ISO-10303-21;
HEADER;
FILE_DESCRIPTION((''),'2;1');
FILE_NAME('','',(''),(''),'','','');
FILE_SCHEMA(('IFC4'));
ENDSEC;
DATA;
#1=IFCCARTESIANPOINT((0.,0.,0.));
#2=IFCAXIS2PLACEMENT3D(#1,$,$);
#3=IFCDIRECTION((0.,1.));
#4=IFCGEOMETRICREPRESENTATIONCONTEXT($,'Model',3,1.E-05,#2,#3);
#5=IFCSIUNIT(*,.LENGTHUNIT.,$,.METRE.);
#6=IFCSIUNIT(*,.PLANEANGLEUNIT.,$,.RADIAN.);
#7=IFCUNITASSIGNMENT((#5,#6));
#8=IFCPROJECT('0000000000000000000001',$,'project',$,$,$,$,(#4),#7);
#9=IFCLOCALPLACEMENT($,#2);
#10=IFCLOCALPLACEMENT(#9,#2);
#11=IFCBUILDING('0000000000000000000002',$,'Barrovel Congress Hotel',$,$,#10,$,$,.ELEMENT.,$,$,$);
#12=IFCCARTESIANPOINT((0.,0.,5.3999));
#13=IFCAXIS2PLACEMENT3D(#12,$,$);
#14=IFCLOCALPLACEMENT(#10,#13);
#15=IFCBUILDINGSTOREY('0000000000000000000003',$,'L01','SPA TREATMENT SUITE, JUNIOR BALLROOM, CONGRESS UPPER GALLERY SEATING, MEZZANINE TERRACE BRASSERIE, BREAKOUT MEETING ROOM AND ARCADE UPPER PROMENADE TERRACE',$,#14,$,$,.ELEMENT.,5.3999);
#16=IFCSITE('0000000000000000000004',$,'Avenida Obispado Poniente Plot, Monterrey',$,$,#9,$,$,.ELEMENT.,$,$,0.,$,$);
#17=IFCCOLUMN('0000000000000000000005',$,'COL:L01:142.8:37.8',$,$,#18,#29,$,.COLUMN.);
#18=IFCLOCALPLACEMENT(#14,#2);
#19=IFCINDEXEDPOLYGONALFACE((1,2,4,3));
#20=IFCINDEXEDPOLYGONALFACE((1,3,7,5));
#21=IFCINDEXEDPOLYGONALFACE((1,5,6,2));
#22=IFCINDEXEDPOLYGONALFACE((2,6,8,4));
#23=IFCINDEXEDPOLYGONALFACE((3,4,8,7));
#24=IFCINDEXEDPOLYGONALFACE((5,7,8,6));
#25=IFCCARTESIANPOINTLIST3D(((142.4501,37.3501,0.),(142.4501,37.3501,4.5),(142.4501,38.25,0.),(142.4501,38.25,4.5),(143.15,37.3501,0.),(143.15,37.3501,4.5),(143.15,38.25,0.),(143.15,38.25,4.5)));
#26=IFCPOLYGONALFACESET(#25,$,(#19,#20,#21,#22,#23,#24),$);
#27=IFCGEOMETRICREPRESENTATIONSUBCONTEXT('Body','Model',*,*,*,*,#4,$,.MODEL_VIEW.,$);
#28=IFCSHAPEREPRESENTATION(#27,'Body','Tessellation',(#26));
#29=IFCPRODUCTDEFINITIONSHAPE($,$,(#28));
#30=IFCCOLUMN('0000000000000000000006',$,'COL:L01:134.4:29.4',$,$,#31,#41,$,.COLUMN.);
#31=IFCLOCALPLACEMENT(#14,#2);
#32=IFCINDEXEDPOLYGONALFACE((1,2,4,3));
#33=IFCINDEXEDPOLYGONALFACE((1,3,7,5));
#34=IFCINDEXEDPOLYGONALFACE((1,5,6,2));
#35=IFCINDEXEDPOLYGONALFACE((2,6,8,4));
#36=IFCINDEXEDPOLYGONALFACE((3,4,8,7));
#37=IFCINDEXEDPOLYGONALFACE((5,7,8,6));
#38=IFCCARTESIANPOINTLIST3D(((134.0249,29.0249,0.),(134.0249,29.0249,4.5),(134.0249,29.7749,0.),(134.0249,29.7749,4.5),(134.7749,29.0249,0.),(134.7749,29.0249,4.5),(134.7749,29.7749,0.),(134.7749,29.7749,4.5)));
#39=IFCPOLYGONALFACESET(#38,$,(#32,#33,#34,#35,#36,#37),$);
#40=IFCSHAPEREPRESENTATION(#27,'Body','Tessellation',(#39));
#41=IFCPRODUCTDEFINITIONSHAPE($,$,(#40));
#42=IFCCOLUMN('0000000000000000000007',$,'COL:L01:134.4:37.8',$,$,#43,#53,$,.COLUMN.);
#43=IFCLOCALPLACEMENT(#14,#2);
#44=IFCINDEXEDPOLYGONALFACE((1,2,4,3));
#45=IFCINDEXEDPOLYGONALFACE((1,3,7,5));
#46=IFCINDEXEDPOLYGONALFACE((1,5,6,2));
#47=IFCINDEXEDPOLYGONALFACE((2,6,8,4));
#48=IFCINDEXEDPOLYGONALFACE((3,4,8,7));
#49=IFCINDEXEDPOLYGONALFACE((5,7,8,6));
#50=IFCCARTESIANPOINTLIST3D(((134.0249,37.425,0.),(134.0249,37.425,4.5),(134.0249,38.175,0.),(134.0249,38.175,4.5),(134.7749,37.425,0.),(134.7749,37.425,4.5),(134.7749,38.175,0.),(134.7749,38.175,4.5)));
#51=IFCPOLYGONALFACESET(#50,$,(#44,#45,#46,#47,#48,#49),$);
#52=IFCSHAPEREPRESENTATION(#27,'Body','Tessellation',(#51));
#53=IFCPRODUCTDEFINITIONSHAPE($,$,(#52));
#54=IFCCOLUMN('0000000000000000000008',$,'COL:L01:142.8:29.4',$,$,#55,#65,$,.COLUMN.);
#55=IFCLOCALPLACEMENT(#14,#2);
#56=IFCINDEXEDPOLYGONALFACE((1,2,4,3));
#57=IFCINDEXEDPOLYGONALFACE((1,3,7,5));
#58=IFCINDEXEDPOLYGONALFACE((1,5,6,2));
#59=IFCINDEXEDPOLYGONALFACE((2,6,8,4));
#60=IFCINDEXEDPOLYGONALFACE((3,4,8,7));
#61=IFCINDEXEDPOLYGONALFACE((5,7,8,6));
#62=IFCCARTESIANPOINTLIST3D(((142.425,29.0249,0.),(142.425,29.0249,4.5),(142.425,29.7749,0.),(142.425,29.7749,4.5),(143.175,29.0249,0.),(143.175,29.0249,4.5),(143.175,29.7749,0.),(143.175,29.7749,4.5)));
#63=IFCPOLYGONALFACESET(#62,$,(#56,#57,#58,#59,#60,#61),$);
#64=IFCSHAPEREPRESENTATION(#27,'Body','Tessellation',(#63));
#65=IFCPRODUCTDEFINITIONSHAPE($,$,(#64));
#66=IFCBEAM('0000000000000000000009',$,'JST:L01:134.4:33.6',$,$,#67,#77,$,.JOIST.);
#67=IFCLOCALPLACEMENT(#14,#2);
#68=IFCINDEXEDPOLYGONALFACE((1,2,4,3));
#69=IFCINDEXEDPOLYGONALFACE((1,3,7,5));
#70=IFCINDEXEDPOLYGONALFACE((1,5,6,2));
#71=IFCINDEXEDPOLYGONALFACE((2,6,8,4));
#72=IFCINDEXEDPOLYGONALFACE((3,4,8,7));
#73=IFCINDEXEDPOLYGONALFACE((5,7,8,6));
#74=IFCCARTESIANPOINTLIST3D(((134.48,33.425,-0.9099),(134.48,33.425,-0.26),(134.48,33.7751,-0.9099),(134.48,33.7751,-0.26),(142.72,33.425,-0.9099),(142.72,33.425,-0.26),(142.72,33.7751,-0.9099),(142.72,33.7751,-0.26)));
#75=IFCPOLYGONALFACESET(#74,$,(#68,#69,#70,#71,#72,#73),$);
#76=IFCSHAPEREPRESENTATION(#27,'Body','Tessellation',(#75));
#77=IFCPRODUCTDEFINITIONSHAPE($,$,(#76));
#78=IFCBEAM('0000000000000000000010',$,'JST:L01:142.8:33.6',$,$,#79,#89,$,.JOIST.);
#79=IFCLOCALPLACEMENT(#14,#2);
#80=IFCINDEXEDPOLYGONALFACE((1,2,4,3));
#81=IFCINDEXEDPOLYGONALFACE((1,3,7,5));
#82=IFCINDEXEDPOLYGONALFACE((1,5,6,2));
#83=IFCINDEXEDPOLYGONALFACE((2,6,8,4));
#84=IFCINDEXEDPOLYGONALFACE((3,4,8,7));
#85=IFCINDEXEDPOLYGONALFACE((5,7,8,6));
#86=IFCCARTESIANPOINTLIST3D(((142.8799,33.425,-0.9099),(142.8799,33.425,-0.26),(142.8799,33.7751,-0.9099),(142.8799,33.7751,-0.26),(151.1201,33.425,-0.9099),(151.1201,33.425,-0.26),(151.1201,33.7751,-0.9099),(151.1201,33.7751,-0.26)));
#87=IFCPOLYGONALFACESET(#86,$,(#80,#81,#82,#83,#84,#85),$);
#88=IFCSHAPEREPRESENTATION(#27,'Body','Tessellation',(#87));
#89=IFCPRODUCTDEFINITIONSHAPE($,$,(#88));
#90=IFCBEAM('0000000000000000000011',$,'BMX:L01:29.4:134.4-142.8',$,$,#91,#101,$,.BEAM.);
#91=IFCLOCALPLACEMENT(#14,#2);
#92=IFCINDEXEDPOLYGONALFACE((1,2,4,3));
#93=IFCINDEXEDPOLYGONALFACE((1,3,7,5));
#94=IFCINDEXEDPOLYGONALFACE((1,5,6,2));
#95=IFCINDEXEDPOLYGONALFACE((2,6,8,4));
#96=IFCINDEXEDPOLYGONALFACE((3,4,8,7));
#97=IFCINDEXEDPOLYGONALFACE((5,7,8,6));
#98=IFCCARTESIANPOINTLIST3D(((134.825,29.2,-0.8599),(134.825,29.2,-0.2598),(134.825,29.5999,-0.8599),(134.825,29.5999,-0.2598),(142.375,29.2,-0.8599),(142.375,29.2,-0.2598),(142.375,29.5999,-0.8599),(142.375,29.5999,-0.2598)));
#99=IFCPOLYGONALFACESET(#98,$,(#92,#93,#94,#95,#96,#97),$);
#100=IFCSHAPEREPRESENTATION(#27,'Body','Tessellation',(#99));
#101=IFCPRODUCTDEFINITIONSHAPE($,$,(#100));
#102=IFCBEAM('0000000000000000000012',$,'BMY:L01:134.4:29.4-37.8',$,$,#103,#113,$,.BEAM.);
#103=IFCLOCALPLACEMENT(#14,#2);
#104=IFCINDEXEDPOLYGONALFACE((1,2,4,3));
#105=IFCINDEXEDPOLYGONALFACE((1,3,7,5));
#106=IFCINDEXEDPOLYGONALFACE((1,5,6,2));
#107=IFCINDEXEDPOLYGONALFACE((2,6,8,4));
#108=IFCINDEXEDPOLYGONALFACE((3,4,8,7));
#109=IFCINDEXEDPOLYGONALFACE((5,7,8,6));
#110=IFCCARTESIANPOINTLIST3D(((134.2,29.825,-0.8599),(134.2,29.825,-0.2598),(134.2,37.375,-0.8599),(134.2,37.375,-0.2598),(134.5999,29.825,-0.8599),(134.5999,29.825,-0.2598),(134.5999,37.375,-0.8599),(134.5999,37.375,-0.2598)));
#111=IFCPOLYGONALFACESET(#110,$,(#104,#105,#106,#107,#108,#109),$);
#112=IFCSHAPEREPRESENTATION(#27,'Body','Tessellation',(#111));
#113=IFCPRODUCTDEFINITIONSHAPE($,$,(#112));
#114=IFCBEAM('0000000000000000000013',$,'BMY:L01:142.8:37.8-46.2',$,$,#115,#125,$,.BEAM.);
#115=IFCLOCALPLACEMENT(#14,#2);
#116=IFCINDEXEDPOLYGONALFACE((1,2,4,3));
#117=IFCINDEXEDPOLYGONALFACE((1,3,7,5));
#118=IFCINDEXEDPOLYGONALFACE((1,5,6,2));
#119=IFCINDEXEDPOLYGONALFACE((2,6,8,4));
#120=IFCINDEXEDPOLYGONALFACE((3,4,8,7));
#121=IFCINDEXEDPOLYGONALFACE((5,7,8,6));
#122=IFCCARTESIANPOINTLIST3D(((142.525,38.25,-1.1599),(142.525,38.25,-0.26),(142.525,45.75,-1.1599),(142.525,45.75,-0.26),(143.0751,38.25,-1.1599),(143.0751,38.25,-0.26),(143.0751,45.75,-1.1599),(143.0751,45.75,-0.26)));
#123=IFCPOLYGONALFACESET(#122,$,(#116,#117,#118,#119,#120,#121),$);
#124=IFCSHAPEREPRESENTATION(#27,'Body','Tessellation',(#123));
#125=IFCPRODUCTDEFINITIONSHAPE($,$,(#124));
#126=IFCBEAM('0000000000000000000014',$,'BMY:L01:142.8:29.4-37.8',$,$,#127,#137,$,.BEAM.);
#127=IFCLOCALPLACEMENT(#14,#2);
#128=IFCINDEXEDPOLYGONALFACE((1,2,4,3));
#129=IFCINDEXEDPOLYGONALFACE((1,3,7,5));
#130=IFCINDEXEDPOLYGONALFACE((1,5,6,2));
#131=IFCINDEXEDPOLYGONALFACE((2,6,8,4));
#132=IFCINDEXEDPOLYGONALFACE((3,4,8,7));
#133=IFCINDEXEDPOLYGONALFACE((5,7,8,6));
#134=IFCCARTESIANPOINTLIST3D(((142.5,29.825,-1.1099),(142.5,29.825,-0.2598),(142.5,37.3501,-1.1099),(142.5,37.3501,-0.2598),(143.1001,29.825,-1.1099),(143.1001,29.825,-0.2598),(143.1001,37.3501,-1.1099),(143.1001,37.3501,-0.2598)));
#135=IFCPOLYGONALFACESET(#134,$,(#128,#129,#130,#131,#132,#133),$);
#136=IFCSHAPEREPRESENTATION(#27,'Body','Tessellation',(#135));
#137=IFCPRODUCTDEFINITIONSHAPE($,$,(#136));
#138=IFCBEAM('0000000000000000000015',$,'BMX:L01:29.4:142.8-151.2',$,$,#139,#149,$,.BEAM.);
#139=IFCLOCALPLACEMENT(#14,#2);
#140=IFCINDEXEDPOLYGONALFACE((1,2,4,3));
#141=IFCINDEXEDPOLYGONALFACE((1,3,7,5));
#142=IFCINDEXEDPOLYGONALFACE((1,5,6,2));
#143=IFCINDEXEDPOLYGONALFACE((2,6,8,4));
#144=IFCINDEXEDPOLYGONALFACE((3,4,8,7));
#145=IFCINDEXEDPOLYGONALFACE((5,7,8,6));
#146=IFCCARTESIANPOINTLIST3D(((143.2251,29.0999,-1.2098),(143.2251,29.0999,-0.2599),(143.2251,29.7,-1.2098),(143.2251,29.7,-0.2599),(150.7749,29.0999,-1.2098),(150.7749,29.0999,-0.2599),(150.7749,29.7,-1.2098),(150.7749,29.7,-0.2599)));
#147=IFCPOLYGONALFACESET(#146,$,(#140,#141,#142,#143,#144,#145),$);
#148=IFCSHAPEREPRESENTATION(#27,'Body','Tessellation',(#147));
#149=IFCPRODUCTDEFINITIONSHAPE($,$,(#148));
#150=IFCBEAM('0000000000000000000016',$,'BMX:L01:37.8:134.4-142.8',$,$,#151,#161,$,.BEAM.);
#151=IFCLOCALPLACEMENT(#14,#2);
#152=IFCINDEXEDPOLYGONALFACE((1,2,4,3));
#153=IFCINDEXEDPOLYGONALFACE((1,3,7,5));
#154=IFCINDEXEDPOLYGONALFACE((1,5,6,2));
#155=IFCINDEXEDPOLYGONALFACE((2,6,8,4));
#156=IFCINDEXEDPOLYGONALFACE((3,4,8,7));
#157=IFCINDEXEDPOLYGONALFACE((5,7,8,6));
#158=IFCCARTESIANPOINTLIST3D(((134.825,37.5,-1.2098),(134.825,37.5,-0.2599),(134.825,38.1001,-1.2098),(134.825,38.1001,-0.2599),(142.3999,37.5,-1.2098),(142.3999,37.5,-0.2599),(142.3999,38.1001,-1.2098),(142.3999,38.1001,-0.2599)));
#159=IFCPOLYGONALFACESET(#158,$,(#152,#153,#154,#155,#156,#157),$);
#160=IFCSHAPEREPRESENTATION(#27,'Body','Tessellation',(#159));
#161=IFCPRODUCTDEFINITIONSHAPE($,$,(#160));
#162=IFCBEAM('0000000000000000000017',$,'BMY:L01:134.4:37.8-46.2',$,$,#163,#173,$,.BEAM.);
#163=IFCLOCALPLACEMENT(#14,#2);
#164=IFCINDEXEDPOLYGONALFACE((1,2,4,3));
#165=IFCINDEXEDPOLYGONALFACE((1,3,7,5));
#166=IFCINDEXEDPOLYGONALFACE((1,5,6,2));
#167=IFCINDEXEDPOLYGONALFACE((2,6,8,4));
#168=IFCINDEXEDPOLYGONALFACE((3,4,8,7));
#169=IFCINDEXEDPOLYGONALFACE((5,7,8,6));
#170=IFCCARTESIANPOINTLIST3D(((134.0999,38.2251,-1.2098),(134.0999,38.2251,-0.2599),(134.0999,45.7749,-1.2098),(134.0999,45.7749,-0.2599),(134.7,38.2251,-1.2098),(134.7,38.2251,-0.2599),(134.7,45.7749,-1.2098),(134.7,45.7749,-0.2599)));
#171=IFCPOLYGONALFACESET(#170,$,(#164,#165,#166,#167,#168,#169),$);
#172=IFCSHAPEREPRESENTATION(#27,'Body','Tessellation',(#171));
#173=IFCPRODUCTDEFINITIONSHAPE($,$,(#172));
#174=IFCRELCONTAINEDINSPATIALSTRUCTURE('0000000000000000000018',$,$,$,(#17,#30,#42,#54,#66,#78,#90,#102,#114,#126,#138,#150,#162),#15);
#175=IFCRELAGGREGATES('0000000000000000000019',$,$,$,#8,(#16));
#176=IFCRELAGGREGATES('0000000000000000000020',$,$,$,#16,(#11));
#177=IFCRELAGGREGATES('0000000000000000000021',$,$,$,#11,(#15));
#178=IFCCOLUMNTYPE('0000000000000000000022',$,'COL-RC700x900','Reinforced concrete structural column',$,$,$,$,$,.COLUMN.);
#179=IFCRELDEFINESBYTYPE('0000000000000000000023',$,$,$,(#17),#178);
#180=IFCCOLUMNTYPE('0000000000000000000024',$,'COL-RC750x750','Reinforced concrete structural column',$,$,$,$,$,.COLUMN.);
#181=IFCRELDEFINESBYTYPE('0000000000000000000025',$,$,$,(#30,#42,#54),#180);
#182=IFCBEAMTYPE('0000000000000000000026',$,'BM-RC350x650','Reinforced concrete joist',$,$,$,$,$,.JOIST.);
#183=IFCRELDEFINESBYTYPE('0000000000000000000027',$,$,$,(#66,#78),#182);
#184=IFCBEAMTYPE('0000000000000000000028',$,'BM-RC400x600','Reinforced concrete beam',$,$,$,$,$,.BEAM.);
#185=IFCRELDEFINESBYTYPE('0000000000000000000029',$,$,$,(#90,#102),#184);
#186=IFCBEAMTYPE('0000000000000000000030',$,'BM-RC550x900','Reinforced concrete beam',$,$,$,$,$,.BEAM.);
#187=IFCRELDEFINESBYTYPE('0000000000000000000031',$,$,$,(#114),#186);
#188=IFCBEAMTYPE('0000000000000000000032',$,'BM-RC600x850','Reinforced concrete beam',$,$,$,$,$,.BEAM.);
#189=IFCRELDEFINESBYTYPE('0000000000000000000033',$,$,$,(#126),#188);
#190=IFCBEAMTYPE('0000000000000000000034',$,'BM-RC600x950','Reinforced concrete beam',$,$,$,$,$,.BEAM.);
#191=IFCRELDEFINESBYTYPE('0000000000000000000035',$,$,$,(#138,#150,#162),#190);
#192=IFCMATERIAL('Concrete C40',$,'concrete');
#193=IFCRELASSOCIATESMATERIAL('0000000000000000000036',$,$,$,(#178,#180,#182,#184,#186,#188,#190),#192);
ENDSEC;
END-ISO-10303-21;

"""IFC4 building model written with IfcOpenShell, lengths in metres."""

from ifc_helpers import new_model, si_unit, direction, frame, origin, origin_2d, place, context, subcontext, project, spatial, rectangle, extrude, material, material_profile, profile_set, type_object, element, save


model = new_model("IFC4")

# Units and contexts
model_context = context("Model", 3, precision=1e-05, world=origin(), true_north=direction((0.0, 1.0)))
body_context = subcontext(model_context, "Body", "Model", "MODEL_VIEW")
ifc_project = project(units=[si_unit("LENGTHUNIT", "METRE"), si_unit("PLANEANGLEUNIT", "RADIAN")], contexts=[model_context])

# Site, building, storey
site_placement = place(None, origin())
site = spatial("IfcSite", under=ifc_project, at=site_placement, Name="Avenida Obispado Poniente Plot, Monterrey", CompositionType="ELEMENT", RefElevation=0.0)
building_placement = place(site_placement, origin())
building = spatial("IfcBuilding", under=site, at=building_placement, Name="Barrovel Congress Hotel", CompositionType="ELEMENT")
storey_placement = place(building_placement, frame((0.0, 0.0, 5.3999)))
storey = spatial("IfcBuildingStorey", under=building, at=storey_placement, Name="L01", Description="SPA TREATMENT SUITE, JUNIOR BALLROOM, CONGRESS UPPER GALLERY SEATING, MEZZANINE TERRACE BRASSERIE, BREAKOUT MEETING ROOM AND ARCADE UPPER PROMENADE TERRACE", CompositionType="ELEMENT", Elevation=5.3999)

# Columns
ifc_material_1 = material(Name="Concrete C40", Category="concrete")
ifc_material_profile_1 = material_profile(ifc_material_1, rectangle(XDim=0.7, YDim=0.8999, at=origin_2d()), Name="RC700x900")
ifc_profile_set_1 = profile_set([ifc_material_profile_1], Name="Concrete C40")
column_type_1 = type_object("IfcColumnType", Name="COL-RC700x900", Description="Reinforced concrete structural column", PredefinedType="COLUMN", material=ifc_profile_set_1)
column_placement = place(storey_placement, frame((142.8, 37.8, 0.0), z_axis=(0.0, 0.0, 1.0), x_axis=(1.0, 0.0, 0.0)))
element("IfcColumn", 1, at=column_placement, inside=storey, type_object=column_type_1, Name="COL:L01:142.8:37.8", PredefinedType="COLUMN", context=body_context, shape_type="SweptSolid", body=[
    extrude(rectangle(XDim=0.7, YDim=0.8999, at=origin_2d()), origin(), (0.0, 0.0, 1.0), 4.5),
])
ifc_material_profile_2 = material_profile(ifc_material_1, rectangle(XDim=0.75, YDim=0.75, at=origin_2d()), Name="RC750x750")
ifc_profile_set_2 = profile_set([ifc_material_profile_2], Name="Concrete C40")
column_type_2 = type_object("IfcColumnType", Name="COL-RC750x750", Description="Reinforced concrete structural column", PredefinedType="COLUMN", material=ifc_profile_set_2)
for number, where, z_axis, x_axis, name in (
    (2, (134.3999, 29.3999, 0.0), (0.0, 0.0, 1.0), (1.0, 0.0, 0.0), "COL:L01:134.4:29.4"),
    (3, (134.3999, 37.8, 0.0), (0.0, 0.0, 1.0), (1.0, 0.0, 0.0), "COL:L01:134.4:37.8"),
    (4, (142.8, 29.3999, 0.0), (0.0, 0.0, 1.0), (1.0, 0.0, 0.0), "COL:L01:142.8:29.4"),
):
    element("IfcColumn", number, at=place(storey_placement, frame(where, z_axis=z_axis, x_axis=x_axis)), inside=storey, type_object=column_type_2, Name=name, PredefinedType="COLUMN", context=body_context, shape_type="SweptSolid", body=[
        extrude(rectangle(XDim=0.75, YDim=0.75, at=origin_2d()), origin(), (0.0, 0.0, 1.0), 4.5),
    ])

# Beams
ifc_material_profile_3 = material_profile(ifc_material_1, rectangle(XDim=0.3501, YDim=0.6499, at=origin_2d()), Name="RC350x650")
ifc_profile_set_3 = profile_set([ifc_material_profile_3], Name="Concrete C40")
beam_type_1 = type_object("IfcBeamType", Name="BM-RC350x650", Description="Reinforced concrete joist", PredefinedType="JOIST", material=ifc_profile_set_3)
beam_1_placement = place(storey_placement, frame((134.48, 33.6001, -0.585), z_axis=(1.0, 0.0, 0.0), x_axis=(0.0, 1.0, 0.0)))
element("IfcBeam", 5, at=beam_1_placement, inside=storey, type_object=beam_type_1, Name="JST:L01:134.4:33.6", PredefinedType="JOIST", context=body_context, shape_type="SweptSolid", body=[
    extrude(rectangle(XDim=0.3501, YDim=0.6499, at=origin_2d()), origin(), (0.0, 0.0, 1.0), 8.24),
])
beam_2_placement = place(storey_placement, frame((142.8799, 33.6001, -0.585), z_axis=(1.0, 0.0, 0.0), x_axis=(0.0, 1.0, 0.0)))
element("IfcBeam", 6, at=beam_2_placement, inside=storey, type_object=beam_type_1, Name="JST:L01:142.8:33.6", PredefinedType="JOIST", context=body_context, shape_type="SweptSolid", body=[
    extrude(rectangle(XDim=0.3501, YDim=0.6499, at=origin_2d()), origin(), (0.0, 0.0, 1.0), 8.2402),
])
ifc_material_profile_4 = material_profile(ifc_material_1, rectangle(XDim=0.3999, YDim=0.6001, at=origin_2d()), Name="RC400x600")
ifc_profile_set_4 = profile_set([ifc_material_profile_4], Name="Concrete C40")
beam_type_2 = type_object("IfcBeamType", Name="BM-RC400x600", Description="Reinforced concrete beam", PredefinedType="BEAM", material=ifc_profile_set_4)
for number, where, z_axis, x_axis, name in (
    (7, (134.825, 29.3999, -0.5598), (1.0, 0.0, 0.0), (0.0, 1.0, 0.0), "BMX:L01:29.4:134.4-142.8"),
    (8, (134.3999, 29.825, -0.5598), (0.0, 1.0, 0.0), (-1.0, 0.0, 0.0), "BMY:L01:134.4:29.4-37.8"),
):
    element("IfcBeam", number, at=place(storey_placement, frame(where, z_axis=z_axis, x_axis=x_axis)), inside=storey, type_object=beam_type_2, Name=name, PredefinedType="BEAM", context=body_context, shape_type="SweptSolid", body=[
        extrude(rectangle(XDim=0.3999, YDim=0.6001, at=origin_2d()), origin(), (0.0, 0.0, 1.0), 7.55),
    ])
ifc_material_profile_5 = material_profile(ifc_material_1, rectangle(XDim=0.55, YDim=0.8999, at=origin_2d()), Name="RC550x900")
ifc_profile_set_5 = profile_set([ifc_material_profile_5], Name="Concrete C40")
beam_type_3 = type_object("IfcBeamType", Name="BM-RC550x900", Description="Reinforced concrete beam", PredefinedType="BEAM", material=ifc_profile_set_5)
beam_3_placement = place(storey_placement, frame((142.8, 38.25, -0.71), z_axis=(0.0, 1.0, 0.0), x_axis=(-1.0, 0.0, 0.0)))
element("IfcBeam", 9, at=beam_3_placement, inside=storey, type_object=beam_type_3, Name="BMY:L01:142.8:37.8-46.2", PredefinedType="BEAM", context=body_context, shape_type="SweptSolid", body=[
    extrude(rectangle(XDim=0.55, YDim=0.8999, at=origin_2d()), origin(), (0.0, 0.0, 1.0), 7.5),
])
ifc_material_profile_6 = material_profile(ifc_material_1, rectangle(XDim=0.6001, YDim=0.8501, at=origin_2d()), Name="RC600x850")
ifc_profile_set_6 = profile_set([ifc_material_profile_6], Name="Concrete C40")
beam_type_4 = type_object("IfcBeamType", Name="BM-RC600x850", Description="Reinforced concrete beam", PredefinedType="BEAM", material=ifc_profile_set_6)
beam_4_placement = place(storey_placement, frame((142.8, 29.825, -0.6848), z_axis=(0.0, 1.0, 0.0), x_axis=(-1.0, 0.0, 0.0)))
element("IfcBeam", 10, at=beam_4_placement, inside=storey, type_object=beam_type_4, Name="BMY:L01:142.8:29.4-37.8", PredefinedType="BEAM", context=body_context, shape_type="SweptSolid", body=[
    extrude(rectangle(XDim=0.6001, YDim=0.8501, at=origin_2d()), origin(), (0.0, 0.0, 1.0), 7.5251),
])
ifc_material_profile_7 = material_profile(ifc_material_1, rectangle(XDim=0.6001, YDim=0.95, at=origin_2d()), Name="RC600x950")
ifc_profile_set_7 = profile_set([ifc_material_profile_7], Name="Concrete C40")
beam_type_5 = type_object("IfcBeamType", Name="BM-RC600x950", Description="Reinforced concrete beam", PredefinedType="BEAM", material=ifc_profile_set_7)
beam_5_placement = place(storey_placement, frame((143.2251, 29.3999, -0.7349), z_axis=(1.0, 0.0, 0.0), x_axis=(0.0, 1.0, 0.0)))
element("IfcBeam", 11, at=beam_5_placement, inside=storey, type_object=beam_type_5, Name="BMX:L01:29.4:142.8-151.2", PredefinedType="BEAM", context=body_context, shape_type="SweptSolid", body=[
    extrude(rectangle(XDim=0.6001, YDim=0.95, at=origin_2d()), origin(), (0.0, 0.0, 1.0), 7.5498),
])
beam_6_placement = place(storey_placement, frame((134.825, 37.8, -0.7349), z_axis=(1.0, 0.0, 0.0), x_axis=(0.0, 1.0, 0.0)))
element("IfcBeam", 12, at=beam_6_placement, inside=storey, type_object=beam_type_5, Name="BMX:L01:37.8:134.4-142.8", PredefinedType="BEAM", context=body_context, shape_type="SweptSolid", body=[
    extrude(rectangle(XDim=0.6001, YDim=0.95, at=origin_2d()), origin(), (0.0, 0.0, 1.0), 7.575),
])
beam_7_placement = place(storey_placement, frame((134.3999, 38.2251, -0.7349), z_axis=(0.0, 1.0, 0.0), x_axis=(-1.0, 0.0, 0.0)))
element("IfcBeam", 13, at=beam_7_placement, inside=storey, type_object=beam_type_5, Name="BMY:L01:134.4:37.8-46.2", PredefinedType="BEAM", context=body_context, shape_type="SweptSolid", body=[
    extrude(rectangle(XDim=0.6001, YDim=0.95, at=origin_2d()), origin(), (0.0, 0.0, 1.0), 7.5498),
])

save(model, "model.ifc")
